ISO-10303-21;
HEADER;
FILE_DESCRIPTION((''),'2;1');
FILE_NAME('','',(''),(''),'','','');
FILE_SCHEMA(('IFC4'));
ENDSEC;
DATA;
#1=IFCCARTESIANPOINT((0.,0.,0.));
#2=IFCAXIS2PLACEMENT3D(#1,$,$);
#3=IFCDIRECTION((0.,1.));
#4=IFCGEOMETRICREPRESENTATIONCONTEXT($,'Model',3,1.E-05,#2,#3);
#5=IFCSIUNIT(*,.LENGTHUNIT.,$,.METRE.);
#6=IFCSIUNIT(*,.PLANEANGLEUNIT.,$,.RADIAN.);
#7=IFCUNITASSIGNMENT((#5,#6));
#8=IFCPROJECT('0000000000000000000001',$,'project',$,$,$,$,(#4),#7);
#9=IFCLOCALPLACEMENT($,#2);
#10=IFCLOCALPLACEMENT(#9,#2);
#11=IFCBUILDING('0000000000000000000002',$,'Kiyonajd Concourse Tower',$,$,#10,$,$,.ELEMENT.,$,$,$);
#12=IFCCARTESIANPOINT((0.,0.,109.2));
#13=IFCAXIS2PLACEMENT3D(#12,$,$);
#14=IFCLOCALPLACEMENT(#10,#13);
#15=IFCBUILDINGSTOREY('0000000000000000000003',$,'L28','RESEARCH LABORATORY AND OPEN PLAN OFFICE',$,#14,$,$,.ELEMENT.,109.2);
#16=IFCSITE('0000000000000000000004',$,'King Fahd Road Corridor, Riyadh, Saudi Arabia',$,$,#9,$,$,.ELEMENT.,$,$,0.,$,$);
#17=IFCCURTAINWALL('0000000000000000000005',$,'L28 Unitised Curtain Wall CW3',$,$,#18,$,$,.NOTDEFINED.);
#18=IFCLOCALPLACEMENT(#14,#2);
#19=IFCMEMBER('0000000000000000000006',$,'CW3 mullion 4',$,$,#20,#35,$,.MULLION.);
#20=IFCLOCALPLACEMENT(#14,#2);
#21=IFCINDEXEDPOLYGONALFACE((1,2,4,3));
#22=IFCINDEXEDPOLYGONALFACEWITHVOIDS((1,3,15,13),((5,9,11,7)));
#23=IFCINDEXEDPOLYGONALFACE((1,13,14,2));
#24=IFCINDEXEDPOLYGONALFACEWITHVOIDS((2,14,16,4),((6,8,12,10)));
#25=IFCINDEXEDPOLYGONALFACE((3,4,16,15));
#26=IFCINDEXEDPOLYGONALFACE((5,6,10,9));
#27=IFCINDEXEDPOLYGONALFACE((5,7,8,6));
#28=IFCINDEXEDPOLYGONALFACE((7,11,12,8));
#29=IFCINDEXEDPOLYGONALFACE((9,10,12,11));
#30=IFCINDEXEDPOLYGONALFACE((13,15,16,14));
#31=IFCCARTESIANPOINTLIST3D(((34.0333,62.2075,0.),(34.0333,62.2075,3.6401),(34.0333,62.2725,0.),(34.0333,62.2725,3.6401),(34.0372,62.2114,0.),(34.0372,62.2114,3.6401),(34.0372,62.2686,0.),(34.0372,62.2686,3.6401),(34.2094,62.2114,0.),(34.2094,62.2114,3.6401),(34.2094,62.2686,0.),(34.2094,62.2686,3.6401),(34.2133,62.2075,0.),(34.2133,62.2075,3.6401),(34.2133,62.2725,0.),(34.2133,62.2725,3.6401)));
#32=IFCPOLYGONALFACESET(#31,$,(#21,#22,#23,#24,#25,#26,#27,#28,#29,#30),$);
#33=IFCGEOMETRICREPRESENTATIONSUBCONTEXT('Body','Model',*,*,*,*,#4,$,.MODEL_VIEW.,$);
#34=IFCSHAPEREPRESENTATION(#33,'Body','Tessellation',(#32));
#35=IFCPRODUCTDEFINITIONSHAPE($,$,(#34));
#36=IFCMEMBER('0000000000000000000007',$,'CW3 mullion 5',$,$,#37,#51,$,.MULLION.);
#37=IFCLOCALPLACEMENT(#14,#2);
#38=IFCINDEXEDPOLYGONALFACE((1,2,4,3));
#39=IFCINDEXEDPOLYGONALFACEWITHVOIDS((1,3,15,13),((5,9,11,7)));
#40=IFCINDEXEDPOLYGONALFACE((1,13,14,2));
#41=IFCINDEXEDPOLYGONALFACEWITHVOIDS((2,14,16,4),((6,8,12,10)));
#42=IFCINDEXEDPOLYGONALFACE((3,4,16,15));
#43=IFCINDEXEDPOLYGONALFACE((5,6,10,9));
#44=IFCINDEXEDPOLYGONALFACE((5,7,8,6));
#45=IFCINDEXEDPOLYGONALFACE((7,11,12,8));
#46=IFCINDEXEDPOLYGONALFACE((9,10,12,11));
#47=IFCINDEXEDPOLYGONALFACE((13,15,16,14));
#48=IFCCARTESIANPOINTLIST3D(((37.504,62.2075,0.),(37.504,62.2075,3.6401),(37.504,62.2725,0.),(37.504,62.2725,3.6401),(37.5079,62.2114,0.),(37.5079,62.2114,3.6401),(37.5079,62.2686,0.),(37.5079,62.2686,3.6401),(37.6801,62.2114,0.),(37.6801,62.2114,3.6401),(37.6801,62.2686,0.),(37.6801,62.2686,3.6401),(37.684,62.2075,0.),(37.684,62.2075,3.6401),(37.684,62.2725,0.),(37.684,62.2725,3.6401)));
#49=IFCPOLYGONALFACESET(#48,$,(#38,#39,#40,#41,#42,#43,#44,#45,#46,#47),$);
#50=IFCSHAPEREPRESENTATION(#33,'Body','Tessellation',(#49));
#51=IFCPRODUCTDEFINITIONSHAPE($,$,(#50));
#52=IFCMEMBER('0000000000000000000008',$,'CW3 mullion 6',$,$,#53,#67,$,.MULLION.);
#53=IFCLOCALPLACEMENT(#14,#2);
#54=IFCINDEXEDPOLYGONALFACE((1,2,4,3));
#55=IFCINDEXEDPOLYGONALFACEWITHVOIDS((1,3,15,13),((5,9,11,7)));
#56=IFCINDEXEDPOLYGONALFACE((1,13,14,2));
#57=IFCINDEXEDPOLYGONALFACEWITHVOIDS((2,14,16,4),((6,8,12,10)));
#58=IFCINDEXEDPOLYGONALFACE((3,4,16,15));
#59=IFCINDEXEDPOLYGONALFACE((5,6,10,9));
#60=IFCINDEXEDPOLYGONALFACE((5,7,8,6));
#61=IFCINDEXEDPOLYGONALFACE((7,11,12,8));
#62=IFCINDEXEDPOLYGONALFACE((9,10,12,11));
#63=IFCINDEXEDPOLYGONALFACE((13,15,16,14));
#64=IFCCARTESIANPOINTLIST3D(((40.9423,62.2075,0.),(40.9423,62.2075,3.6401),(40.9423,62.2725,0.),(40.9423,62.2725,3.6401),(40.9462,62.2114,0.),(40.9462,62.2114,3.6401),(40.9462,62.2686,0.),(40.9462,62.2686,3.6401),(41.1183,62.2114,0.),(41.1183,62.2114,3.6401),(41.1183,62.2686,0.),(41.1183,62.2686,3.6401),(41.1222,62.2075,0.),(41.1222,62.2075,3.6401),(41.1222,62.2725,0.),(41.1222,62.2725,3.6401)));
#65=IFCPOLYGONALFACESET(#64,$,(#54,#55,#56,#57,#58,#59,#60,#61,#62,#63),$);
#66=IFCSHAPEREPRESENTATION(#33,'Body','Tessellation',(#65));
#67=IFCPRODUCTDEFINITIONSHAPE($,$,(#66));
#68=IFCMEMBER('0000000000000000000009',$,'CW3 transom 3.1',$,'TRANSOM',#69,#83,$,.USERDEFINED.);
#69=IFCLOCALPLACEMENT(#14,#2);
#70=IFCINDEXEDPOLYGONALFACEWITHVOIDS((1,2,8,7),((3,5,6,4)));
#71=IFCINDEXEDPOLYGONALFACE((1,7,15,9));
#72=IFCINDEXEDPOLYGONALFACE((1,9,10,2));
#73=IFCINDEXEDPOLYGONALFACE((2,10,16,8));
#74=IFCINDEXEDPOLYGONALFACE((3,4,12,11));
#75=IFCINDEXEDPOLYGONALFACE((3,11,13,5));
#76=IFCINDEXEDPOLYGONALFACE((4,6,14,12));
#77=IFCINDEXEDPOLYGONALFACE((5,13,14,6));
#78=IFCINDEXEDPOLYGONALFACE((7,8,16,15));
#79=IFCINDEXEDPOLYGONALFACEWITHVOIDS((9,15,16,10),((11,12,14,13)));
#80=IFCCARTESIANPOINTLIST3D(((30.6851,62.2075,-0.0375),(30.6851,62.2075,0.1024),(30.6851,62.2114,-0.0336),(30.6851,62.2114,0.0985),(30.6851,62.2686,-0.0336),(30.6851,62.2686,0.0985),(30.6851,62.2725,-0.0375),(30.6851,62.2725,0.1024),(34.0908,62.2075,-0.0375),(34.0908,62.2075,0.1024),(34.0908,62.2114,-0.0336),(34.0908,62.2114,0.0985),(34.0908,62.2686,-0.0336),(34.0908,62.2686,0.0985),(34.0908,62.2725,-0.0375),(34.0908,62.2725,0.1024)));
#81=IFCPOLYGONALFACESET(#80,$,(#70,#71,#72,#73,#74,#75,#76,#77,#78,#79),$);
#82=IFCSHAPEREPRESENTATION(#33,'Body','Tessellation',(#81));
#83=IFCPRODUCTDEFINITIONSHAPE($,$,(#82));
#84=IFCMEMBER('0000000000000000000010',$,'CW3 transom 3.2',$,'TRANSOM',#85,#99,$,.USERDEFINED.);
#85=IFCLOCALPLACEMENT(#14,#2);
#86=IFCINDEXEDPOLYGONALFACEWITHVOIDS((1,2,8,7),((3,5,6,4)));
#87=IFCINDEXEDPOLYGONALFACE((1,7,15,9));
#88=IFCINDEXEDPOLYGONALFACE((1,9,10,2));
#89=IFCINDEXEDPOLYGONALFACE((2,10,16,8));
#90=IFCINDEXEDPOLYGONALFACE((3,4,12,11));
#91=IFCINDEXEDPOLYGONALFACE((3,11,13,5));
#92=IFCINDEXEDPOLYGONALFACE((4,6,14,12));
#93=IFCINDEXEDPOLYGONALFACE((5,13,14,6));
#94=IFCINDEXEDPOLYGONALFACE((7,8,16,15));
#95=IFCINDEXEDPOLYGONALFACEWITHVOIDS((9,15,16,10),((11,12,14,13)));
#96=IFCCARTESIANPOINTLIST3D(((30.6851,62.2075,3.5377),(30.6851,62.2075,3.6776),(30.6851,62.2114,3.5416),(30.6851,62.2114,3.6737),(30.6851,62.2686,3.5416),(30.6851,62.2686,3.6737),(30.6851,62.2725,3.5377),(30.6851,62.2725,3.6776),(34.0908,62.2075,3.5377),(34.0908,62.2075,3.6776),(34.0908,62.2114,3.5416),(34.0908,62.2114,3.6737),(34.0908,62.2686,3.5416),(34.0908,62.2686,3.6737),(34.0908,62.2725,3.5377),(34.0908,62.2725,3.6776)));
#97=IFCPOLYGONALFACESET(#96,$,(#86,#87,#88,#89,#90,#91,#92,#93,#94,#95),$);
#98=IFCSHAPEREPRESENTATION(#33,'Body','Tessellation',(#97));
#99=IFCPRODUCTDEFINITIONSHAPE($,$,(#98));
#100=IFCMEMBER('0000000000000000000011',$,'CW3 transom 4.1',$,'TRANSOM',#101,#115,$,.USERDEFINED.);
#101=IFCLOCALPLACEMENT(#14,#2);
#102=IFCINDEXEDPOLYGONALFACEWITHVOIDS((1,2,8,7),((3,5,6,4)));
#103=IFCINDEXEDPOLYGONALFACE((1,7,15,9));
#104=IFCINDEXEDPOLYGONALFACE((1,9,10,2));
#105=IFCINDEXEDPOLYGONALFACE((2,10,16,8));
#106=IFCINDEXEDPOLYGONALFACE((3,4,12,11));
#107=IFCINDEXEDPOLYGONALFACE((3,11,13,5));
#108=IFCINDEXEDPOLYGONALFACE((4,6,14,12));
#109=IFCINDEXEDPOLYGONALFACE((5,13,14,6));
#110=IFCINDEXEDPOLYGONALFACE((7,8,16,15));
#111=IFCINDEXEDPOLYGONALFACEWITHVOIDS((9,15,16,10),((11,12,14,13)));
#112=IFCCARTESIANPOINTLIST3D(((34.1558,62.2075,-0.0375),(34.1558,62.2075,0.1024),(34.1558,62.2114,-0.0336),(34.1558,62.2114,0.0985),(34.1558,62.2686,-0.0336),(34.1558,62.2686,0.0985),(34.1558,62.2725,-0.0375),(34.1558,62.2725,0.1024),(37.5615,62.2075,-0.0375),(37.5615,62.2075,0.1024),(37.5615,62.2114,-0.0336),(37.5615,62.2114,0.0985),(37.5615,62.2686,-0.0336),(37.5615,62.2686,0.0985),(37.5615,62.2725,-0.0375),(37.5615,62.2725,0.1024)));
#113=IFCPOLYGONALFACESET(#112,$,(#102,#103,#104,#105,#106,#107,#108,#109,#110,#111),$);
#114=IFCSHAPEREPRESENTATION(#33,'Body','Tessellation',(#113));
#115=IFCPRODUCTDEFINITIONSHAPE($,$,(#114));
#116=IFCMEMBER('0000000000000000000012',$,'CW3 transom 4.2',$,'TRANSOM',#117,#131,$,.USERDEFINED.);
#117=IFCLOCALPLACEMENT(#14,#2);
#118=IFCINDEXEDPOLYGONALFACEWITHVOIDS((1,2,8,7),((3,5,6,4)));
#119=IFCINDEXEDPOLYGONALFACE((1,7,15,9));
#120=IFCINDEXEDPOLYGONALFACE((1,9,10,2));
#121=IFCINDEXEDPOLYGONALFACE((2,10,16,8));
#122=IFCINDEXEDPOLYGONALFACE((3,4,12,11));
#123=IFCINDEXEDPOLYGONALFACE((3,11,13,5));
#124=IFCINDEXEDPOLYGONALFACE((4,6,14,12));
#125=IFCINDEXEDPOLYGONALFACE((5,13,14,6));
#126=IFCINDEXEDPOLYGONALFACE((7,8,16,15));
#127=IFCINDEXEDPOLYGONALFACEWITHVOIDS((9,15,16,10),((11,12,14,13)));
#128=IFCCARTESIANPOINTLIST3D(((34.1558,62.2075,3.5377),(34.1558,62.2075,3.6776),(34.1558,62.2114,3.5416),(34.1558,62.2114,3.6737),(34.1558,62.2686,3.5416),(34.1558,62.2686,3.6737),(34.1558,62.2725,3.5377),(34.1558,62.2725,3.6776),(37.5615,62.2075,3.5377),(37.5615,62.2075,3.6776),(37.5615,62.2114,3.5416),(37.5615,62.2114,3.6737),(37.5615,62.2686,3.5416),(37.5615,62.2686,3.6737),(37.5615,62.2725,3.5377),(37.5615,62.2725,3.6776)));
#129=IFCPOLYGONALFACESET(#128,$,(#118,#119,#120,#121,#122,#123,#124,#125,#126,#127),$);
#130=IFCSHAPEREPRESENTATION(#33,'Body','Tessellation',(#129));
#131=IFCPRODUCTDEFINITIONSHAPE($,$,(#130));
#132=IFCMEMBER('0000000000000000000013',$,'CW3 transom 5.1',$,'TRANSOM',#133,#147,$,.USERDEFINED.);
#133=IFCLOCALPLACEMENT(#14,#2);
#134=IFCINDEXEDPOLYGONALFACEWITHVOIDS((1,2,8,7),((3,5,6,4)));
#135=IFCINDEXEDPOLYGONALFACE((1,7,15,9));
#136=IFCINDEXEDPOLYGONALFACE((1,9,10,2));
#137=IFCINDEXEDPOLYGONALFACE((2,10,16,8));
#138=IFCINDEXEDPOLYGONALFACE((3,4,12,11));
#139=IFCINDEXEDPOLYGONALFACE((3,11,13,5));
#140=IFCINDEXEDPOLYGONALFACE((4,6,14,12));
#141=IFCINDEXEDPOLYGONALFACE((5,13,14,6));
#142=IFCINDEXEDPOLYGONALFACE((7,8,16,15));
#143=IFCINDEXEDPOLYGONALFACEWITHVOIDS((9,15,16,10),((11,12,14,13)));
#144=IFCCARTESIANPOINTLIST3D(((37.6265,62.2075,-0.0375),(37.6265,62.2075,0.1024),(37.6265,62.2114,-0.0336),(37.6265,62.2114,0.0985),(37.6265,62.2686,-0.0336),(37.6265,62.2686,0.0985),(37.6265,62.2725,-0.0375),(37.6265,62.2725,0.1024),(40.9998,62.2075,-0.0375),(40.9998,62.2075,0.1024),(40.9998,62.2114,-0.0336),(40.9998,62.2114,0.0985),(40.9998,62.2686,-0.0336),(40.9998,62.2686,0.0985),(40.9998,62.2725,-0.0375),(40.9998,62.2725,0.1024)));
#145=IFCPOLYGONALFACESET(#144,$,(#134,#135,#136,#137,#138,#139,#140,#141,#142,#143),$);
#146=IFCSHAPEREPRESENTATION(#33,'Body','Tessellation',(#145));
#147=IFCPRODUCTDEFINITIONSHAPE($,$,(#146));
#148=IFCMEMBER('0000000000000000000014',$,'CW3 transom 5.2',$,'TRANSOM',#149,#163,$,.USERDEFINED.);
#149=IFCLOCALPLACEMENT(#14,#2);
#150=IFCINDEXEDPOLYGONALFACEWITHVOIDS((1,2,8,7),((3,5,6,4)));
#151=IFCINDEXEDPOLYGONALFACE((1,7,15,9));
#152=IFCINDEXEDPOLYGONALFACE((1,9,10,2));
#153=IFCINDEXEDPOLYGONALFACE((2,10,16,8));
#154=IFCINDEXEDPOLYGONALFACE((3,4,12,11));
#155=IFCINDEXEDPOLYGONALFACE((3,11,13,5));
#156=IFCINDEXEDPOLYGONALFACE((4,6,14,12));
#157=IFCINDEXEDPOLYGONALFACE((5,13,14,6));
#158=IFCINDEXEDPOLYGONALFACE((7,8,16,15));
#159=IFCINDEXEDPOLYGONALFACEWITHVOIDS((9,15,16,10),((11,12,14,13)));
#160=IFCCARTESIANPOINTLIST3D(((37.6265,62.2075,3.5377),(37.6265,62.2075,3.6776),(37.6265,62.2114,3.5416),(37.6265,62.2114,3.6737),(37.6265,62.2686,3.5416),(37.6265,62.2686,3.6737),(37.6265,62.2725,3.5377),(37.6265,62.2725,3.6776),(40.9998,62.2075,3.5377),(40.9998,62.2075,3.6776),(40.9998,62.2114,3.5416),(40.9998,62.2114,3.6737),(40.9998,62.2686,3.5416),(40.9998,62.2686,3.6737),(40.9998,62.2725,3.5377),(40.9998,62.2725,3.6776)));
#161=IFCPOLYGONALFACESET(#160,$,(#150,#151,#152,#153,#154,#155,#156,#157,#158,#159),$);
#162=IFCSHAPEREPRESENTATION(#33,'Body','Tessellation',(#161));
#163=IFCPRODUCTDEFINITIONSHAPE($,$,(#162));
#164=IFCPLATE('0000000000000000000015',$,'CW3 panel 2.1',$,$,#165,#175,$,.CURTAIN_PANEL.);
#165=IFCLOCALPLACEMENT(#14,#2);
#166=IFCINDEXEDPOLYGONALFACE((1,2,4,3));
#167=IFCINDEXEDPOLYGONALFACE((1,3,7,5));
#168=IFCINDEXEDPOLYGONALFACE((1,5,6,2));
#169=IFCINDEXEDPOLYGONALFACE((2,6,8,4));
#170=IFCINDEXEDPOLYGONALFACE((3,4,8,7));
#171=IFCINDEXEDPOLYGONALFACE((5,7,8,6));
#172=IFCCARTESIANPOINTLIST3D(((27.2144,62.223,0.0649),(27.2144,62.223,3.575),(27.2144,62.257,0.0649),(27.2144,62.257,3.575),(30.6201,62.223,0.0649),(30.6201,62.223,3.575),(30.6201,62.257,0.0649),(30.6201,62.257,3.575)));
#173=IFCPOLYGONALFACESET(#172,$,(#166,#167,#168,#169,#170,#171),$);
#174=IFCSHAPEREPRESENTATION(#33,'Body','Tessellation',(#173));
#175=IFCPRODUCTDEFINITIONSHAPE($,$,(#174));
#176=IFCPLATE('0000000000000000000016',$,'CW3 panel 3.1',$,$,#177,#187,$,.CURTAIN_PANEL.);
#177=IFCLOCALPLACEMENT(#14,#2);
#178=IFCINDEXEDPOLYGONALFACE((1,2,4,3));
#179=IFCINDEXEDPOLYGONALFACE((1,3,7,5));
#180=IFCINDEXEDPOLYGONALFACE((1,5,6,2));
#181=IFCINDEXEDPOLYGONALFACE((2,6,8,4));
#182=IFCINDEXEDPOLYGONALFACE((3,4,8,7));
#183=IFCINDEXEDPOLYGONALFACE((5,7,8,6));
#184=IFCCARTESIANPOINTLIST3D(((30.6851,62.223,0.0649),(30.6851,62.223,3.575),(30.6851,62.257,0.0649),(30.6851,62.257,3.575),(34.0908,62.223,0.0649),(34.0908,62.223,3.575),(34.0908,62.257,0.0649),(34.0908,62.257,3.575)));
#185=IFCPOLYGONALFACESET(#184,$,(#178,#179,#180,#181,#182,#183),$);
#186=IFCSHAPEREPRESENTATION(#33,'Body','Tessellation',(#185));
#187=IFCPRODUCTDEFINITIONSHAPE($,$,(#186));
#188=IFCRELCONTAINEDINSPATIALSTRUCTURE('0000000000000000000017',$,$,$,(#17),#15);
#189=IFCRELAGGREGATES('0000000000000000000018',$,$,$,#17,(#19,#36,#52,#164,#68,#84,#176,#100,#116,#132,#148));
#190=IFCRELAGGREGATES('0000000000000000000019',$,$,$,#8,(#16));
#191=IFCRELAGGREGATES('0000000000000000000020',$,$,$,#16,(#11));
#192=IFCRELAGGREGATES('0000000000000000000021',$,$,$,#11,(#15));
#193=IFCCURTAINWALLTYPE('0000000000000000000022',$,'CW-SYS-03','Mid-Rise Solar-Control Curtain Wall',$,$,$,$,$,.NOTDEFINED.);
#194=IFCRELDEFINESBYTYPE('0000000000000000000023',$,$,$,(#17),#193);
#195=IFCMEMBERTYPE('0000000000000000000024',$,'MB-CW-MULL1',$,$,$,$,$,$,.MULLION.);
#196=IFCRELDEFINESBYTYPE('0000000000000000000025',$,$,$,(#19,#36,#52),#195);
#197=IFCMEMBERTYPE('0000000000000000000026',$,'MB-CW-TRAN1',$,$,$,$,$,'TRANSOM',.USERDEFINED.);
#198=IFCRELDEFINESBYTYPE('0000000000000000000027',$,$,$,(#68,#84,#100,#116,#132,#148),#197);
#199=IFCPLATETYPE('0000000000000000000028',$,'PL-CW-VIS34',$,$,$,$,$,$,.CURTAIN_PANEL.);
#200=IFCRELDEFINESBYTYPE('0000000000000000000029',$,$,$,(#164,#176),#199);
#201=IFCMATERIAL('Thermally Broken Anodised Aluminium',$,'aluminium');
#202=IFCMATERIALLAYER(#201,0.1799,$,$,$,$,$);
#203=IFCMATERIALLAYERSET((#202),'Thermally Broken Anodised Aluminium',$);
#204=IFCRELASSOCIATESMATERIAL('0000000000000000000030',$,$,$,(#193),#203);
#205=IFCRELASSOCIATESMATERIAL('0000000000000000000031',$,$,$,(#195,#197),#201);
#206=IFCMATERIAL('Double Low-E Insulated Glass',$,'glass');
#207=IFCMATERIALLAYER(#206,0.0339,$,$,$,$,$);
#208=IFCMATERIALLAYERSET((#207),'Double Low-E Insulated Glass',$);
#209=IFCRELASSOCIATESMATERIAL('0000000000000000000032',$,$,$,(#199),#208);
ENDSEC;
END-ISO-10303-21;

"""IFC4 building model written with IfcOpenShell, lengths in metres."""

from ifc_helpers import new_model, si_unit, direction, frame, origin, origin_2d, place, context, subcontext, project, spatial, rectangle, hollow_rectangle, extrude, material, layer, layer_set, material_profile, profile_set, type_object, element, aggregate, save


model = new_model("IFC4")

# Units and contexts
model_context = context("Model", 3, precision=1e-05, world=origin(), true_north=direction((0.0, 1.0)))
body_context = subcontext(model_context, "Body", "Model", "MODEL_VIEW")
ifc_project = project(units=[si_unit("LENGTHUNIT", "METRE"), si_unit("PLANEANGLEUNIT", "RADIAN")], contexts=[model_context])

# Site, building, storey
site_placement = place(None, origin())
site = spatial("IfcSite", under=ifc_project, at=site_placement, Name="King Fahd Road Corridor, Riyadh, Saudi Arabia", CompositionType="ELEMENT", RefElevation=0.0)
building_placement = place(site_placement, origin())
building = spatial("IfcBuilding", under=site, at=building_placement, Name="Kiyonajd Concourse Tower", CompositionType="ELEMENT")
storey_placement = place(building_placement, frame((0.0, 0.0, 109.2)))
storey = spatial("IfcBuildingStorey", under=building, at=storey_placement, Name="L28", Description="RESEARCH LABORATORY AND OPEN PLAN OFFICE", CompositionType="ELEMENT", Elevation=109.2)

# Curtain wall, members, plates
ifc_material_1 = material(Name="Thermally Broken Anodised Aluminium", Category="aluminium")
ifc_layer_1 = layer(ifc_material_1, 0.1799)
ifc_layer_set_1 = layer_set([ifc_layer_1], Name="Thermally Broken Anodised Aluminium")
curtain_wall_type = type_object("IfcCurtainWallType", Name="CW-SYS-03", Description="Mid-Rise Solar-Control Curtain Wall", PredefinedType="NOTDEFINED", material=ifc_layer_set_1)
curtain_wall_placement = place(storey_placement, origin())
curtain_wall = element("IfcCurtainWall", 1, at=curtain_wall_placement, inside=storey, type_object=curtain_wall_type, Name="L28 Unitised Curtain Wall CW3", PredefinedType="NOTDEFINED")
ifc_material_profile_1 = material_profile(ifc_material_1, hollow_rectangle(XDim=0.0649, YDim=0.1799, WallThickness=0.0039, at=origin_2d()), Name="MULL-65x180")
ifc_profile_set_1 = profile_set([ifc_material_profile_1], Name="Thermally Broken Anodised Aluminium")
member_type_1 = type_object("IfcMemberType", Name="MB-CW-MULL1", PredefinedType="MULLION", material=ifc_profile_set_1)
member_1_placement = place(storey_placement, frame((34.1233, 62.24, 0.0), z_axis=(0.0, 0.0, 1.0), x_axis=(0.0, 1.0, 0.0)))
member_1 = element("IfcMember", 2, at=member_1_placement, type_object=member_type_1, Name="CW3 mullion 4", PredefinedType="MULLION", context=body_context, shape_type="SweptSolid", body=[
    extrude(hollow_rectangle(XDim=0.0649, YDim=0.1799, WallThickness=0.0039, at=origin_2d()), origin(), (0.0, 0.0, 1.0), 3.6401),
])
member_2_placement = place(storey_placement, frame((37.594, 62.24, 0.0), z_axis=(0.0, 0.0, 1.0), x_axis=(0.0, 1.0, 0.0)))
member_2 = element("IfcMember", 3, at=member_2_placement, type_object=member_type_1, Name="CW3 mullion 5", PredefinedType="MULLION", context=body_context, shape_type="SweptSolid", body=[
    extrude(hollow_rectangle(XDim=0.0649, YDim=0.1799, WallThickness=0.0039, at=origin_2d()), origin(), (0.0, 0.0, 1.0), 3.6401),
])
member_3_placement = place(storey_placement, frame((41.0322, 62.24, 0.0), z_axis=(0.0, 0.0, 1.0), x_axis=(0.0, 1.0, 0.0)))
member_3 = element("IfcMember", 4, at=member_3_placement, type_object=member_type_1, Name="CW3 mullion 6", PredefinedType="MULLION", context=body_context, shape_type="SweptSolid", body=[
    extrude(hollow_rectangle(XDim=0.0649, YDim=0.1799, WallThickness=0.0039, at=origin_2d()), origin(), (0.0, 0.0, 1.0), 3.6401),
])
ifc_material_profile_2 = material_profile(ifc_material_1, hollow_rectangle(XDim=0.0649, YDim=0.1399, WallThickness=0.0039, at=origin_2d()), Name="TRAN-65x140")
ifc_profile_set_2 = profile_set([ifc_material_profile_2], Name="Thermally Broken Anodised Aluminium")
member_type_2 = type_object("IfcMemberType", Name="MB-CW-TRAN1", ElementType="TRANSOM", PredefinedType="USERDEFINED", material=ifc_profile_set_2)
member_4_placement = place(storey_placement, frame((30.6851, 62.24, 0.0325), z_axis=(1.0, 0.0, 0.0), x_axis=(0.0, 1.0, 0.0)))
member_4 = element("IfcMember", 5, at=member_4_placement, type_object=member_type_2, Name="CW3 transom 3.1", ObjectType="TRANSOM", PredefinedType="USERDEFINED", context=body_context, shape_type="SweptSolid", body=[
    extrude(hollow_rectangle(XDim=0.0649, YDim=0.1399, WallThickness=0.0039, at=origin_2d()), origin(), (0.0, 0.0, 1.0), 3.4058),
])
member_5_placement = place(storey_placement, frame((30.6851, 62.24, 3.6077), z_axis=(1.0, 0.0, 0.0), x_axis=(0.0, 1.0, 0.0)))
member_5 = element("IfcMember", 6, at=member_5_placement, type_object=member_type_2, Name="CW3 transom 3.2", ObjectType="TRANSOM", PredefinedType="USERDEFINED", context=body_context, shape_type="SweptSolid", body=[
    extrude(hollow_rectangle(XDim=0.0649, YDim=0.1399, WallThickness=0.0039, at=origin_2d()), origin(), (0.0, 0.0, 1.0), 3.4058),
])
member_6_placement = place(storey_placement, frame((34.1558, 62.24, 0.0325), z_axis=(1.0, 0.0, 0.0), x_axis=(0.0, 1.0, 0.0)))
member_6 = element("IfcMember", 7, at=member_6_placement, type_object=member_type_2, Name="CW3 transom 4.1", ObjectType="TRANSOM", PredefinedType="USERDEFINED", context=body_context, shape_type="SweptSolid", body=[
    extrude(hollow_rectangle(XDim=0.0649, YDim=0.1399, WallThickness=0.0039, at=origin_2d()), origin(), (0.0, 0.0, 1.0), 3.4058),
])
member_7_placement = place(storey_placement, frame((34.1558, 62.24, 3.6077), z_axis=(1.0, 0.0, 0.0), x_axis=(0.0, 1.0, 0.0)))
member_7 = element("IfcMember", 8, at=member_7_placement, type_object=member_type_2, Name="CW3 transom 4.2", ObjectType="TRANSOM", PredefinedType="USERDEFINED", context=body_context, shape_type="SweptSolid", body=[
    extrude(hollow_rectangle(XDim=0.0649, YDim=0.1399, WallThickness=0.0039, at=origin_2d()), origin(), (0.0, 0.0, 1.0), 3.4058),
])
member_8_placement = place(storey_placement, frame((37.6265, 62.24, 0.0325), z_axis=(1.0, 0.0, 0.0), x_axis=(0.0, 1.0, 0.0)))
member_8 = element("IfcMember", 9, at=member_8_placement, type_object=member_type_2, Name="CW3 transom 5.1", ObjectType="TRANSOM", PredefinedType="USERDEFINED", context=body_context, shape_type="SweptSolid", body=[
    extrude(hollow_rectangle(XDim=0.0649, YDim=0.1399, WallThickness=0.0039, at=origin_2d()), origin(), (0.0, 0.0, 1.0), 3.3733),
])
member_9_placement = place(storey_placement, frame((37.6265, 62.24, 3.6077), z_axis=(1.0, 0.0, 0.0), x_axis=(0.0, 1.0, 0.0)))
member_9 = element("IfcMember", 10, at=member_9_placement, type_object=member_type_2, Name="CW3 transom 5.2", ObjectType="TRANSOM", PredefinedType="USERDEFINED", context=body_context, shape_type="SweptSolid", body=[
    extrude(hollow_rectangle(XDim=0.0649, YDim=0.1399, WallThickness=0.0039, at=origin_2d()), origin(), (0.0, 0.0, 1.0), 3.3733),
])
ifc_material_2 = material(Name="Double Low-E Insulated Glass", Category="glass")
ifc_layer_2 = layer(ifc_material_2, 0.0339)
ifc_layer_set_2 = layer_set([ifc_layer_2], Name="Double Low-E Insulated Glass")
plate_type_1 = type_object("IfcPlateType", Name="PL-CW-VIS34", PredefinedType="CURTAIN_PANEL", material=ifc_layer_set_2)
plate_1_placement = place(storey_placement, frame((28.9172, 62.24, 0.0649), z_axis=(0.0, 0.0, 1.0), x_axis=(1.0, 0.0, 0.0)))
plate_1 = element("IfcPlate", 11, at=plate_1_placement, type_object=plate_type_1, Name="CW3 panel 2.1", PredefinedType="CURTAIN_PANEL", context=body_context, shape_type="SweptSolid", body=[
    extrude(rectangle(XDim=3.4058, YDim=0.0339, at=origin_2d()), origin(), (0.0, 0.0, 1.0), 3.51),
])
plate_2_placement = place(storey_placement, frame((32.3879, 62.24, 0.0649), z_axis=(0.0, 0.0, 1.0), x_axis=(1.0, 0.0, 0.0)))
plate_2 = element("IfcPlate", 12, at=plate_2_placement, type_object=plate_type_1, Name="CW3 panel 3.1", PredefinedType="CURTAIN_PANEL", context=body_context, shape_type="SweptSolid", body=[
    extrude(rectangle(XDim=3.4058, YDim=0.0339, at=origin_2d()), origin(), (0.0, 0.0, 1.0), 3.51),
])
aggregate(curtain_wall, [member_1, member_2, member_3, plate_1, member_4, member_5, plate_2, member_6, member_7, member_8, member_9])

save(model, "model.ifc")
